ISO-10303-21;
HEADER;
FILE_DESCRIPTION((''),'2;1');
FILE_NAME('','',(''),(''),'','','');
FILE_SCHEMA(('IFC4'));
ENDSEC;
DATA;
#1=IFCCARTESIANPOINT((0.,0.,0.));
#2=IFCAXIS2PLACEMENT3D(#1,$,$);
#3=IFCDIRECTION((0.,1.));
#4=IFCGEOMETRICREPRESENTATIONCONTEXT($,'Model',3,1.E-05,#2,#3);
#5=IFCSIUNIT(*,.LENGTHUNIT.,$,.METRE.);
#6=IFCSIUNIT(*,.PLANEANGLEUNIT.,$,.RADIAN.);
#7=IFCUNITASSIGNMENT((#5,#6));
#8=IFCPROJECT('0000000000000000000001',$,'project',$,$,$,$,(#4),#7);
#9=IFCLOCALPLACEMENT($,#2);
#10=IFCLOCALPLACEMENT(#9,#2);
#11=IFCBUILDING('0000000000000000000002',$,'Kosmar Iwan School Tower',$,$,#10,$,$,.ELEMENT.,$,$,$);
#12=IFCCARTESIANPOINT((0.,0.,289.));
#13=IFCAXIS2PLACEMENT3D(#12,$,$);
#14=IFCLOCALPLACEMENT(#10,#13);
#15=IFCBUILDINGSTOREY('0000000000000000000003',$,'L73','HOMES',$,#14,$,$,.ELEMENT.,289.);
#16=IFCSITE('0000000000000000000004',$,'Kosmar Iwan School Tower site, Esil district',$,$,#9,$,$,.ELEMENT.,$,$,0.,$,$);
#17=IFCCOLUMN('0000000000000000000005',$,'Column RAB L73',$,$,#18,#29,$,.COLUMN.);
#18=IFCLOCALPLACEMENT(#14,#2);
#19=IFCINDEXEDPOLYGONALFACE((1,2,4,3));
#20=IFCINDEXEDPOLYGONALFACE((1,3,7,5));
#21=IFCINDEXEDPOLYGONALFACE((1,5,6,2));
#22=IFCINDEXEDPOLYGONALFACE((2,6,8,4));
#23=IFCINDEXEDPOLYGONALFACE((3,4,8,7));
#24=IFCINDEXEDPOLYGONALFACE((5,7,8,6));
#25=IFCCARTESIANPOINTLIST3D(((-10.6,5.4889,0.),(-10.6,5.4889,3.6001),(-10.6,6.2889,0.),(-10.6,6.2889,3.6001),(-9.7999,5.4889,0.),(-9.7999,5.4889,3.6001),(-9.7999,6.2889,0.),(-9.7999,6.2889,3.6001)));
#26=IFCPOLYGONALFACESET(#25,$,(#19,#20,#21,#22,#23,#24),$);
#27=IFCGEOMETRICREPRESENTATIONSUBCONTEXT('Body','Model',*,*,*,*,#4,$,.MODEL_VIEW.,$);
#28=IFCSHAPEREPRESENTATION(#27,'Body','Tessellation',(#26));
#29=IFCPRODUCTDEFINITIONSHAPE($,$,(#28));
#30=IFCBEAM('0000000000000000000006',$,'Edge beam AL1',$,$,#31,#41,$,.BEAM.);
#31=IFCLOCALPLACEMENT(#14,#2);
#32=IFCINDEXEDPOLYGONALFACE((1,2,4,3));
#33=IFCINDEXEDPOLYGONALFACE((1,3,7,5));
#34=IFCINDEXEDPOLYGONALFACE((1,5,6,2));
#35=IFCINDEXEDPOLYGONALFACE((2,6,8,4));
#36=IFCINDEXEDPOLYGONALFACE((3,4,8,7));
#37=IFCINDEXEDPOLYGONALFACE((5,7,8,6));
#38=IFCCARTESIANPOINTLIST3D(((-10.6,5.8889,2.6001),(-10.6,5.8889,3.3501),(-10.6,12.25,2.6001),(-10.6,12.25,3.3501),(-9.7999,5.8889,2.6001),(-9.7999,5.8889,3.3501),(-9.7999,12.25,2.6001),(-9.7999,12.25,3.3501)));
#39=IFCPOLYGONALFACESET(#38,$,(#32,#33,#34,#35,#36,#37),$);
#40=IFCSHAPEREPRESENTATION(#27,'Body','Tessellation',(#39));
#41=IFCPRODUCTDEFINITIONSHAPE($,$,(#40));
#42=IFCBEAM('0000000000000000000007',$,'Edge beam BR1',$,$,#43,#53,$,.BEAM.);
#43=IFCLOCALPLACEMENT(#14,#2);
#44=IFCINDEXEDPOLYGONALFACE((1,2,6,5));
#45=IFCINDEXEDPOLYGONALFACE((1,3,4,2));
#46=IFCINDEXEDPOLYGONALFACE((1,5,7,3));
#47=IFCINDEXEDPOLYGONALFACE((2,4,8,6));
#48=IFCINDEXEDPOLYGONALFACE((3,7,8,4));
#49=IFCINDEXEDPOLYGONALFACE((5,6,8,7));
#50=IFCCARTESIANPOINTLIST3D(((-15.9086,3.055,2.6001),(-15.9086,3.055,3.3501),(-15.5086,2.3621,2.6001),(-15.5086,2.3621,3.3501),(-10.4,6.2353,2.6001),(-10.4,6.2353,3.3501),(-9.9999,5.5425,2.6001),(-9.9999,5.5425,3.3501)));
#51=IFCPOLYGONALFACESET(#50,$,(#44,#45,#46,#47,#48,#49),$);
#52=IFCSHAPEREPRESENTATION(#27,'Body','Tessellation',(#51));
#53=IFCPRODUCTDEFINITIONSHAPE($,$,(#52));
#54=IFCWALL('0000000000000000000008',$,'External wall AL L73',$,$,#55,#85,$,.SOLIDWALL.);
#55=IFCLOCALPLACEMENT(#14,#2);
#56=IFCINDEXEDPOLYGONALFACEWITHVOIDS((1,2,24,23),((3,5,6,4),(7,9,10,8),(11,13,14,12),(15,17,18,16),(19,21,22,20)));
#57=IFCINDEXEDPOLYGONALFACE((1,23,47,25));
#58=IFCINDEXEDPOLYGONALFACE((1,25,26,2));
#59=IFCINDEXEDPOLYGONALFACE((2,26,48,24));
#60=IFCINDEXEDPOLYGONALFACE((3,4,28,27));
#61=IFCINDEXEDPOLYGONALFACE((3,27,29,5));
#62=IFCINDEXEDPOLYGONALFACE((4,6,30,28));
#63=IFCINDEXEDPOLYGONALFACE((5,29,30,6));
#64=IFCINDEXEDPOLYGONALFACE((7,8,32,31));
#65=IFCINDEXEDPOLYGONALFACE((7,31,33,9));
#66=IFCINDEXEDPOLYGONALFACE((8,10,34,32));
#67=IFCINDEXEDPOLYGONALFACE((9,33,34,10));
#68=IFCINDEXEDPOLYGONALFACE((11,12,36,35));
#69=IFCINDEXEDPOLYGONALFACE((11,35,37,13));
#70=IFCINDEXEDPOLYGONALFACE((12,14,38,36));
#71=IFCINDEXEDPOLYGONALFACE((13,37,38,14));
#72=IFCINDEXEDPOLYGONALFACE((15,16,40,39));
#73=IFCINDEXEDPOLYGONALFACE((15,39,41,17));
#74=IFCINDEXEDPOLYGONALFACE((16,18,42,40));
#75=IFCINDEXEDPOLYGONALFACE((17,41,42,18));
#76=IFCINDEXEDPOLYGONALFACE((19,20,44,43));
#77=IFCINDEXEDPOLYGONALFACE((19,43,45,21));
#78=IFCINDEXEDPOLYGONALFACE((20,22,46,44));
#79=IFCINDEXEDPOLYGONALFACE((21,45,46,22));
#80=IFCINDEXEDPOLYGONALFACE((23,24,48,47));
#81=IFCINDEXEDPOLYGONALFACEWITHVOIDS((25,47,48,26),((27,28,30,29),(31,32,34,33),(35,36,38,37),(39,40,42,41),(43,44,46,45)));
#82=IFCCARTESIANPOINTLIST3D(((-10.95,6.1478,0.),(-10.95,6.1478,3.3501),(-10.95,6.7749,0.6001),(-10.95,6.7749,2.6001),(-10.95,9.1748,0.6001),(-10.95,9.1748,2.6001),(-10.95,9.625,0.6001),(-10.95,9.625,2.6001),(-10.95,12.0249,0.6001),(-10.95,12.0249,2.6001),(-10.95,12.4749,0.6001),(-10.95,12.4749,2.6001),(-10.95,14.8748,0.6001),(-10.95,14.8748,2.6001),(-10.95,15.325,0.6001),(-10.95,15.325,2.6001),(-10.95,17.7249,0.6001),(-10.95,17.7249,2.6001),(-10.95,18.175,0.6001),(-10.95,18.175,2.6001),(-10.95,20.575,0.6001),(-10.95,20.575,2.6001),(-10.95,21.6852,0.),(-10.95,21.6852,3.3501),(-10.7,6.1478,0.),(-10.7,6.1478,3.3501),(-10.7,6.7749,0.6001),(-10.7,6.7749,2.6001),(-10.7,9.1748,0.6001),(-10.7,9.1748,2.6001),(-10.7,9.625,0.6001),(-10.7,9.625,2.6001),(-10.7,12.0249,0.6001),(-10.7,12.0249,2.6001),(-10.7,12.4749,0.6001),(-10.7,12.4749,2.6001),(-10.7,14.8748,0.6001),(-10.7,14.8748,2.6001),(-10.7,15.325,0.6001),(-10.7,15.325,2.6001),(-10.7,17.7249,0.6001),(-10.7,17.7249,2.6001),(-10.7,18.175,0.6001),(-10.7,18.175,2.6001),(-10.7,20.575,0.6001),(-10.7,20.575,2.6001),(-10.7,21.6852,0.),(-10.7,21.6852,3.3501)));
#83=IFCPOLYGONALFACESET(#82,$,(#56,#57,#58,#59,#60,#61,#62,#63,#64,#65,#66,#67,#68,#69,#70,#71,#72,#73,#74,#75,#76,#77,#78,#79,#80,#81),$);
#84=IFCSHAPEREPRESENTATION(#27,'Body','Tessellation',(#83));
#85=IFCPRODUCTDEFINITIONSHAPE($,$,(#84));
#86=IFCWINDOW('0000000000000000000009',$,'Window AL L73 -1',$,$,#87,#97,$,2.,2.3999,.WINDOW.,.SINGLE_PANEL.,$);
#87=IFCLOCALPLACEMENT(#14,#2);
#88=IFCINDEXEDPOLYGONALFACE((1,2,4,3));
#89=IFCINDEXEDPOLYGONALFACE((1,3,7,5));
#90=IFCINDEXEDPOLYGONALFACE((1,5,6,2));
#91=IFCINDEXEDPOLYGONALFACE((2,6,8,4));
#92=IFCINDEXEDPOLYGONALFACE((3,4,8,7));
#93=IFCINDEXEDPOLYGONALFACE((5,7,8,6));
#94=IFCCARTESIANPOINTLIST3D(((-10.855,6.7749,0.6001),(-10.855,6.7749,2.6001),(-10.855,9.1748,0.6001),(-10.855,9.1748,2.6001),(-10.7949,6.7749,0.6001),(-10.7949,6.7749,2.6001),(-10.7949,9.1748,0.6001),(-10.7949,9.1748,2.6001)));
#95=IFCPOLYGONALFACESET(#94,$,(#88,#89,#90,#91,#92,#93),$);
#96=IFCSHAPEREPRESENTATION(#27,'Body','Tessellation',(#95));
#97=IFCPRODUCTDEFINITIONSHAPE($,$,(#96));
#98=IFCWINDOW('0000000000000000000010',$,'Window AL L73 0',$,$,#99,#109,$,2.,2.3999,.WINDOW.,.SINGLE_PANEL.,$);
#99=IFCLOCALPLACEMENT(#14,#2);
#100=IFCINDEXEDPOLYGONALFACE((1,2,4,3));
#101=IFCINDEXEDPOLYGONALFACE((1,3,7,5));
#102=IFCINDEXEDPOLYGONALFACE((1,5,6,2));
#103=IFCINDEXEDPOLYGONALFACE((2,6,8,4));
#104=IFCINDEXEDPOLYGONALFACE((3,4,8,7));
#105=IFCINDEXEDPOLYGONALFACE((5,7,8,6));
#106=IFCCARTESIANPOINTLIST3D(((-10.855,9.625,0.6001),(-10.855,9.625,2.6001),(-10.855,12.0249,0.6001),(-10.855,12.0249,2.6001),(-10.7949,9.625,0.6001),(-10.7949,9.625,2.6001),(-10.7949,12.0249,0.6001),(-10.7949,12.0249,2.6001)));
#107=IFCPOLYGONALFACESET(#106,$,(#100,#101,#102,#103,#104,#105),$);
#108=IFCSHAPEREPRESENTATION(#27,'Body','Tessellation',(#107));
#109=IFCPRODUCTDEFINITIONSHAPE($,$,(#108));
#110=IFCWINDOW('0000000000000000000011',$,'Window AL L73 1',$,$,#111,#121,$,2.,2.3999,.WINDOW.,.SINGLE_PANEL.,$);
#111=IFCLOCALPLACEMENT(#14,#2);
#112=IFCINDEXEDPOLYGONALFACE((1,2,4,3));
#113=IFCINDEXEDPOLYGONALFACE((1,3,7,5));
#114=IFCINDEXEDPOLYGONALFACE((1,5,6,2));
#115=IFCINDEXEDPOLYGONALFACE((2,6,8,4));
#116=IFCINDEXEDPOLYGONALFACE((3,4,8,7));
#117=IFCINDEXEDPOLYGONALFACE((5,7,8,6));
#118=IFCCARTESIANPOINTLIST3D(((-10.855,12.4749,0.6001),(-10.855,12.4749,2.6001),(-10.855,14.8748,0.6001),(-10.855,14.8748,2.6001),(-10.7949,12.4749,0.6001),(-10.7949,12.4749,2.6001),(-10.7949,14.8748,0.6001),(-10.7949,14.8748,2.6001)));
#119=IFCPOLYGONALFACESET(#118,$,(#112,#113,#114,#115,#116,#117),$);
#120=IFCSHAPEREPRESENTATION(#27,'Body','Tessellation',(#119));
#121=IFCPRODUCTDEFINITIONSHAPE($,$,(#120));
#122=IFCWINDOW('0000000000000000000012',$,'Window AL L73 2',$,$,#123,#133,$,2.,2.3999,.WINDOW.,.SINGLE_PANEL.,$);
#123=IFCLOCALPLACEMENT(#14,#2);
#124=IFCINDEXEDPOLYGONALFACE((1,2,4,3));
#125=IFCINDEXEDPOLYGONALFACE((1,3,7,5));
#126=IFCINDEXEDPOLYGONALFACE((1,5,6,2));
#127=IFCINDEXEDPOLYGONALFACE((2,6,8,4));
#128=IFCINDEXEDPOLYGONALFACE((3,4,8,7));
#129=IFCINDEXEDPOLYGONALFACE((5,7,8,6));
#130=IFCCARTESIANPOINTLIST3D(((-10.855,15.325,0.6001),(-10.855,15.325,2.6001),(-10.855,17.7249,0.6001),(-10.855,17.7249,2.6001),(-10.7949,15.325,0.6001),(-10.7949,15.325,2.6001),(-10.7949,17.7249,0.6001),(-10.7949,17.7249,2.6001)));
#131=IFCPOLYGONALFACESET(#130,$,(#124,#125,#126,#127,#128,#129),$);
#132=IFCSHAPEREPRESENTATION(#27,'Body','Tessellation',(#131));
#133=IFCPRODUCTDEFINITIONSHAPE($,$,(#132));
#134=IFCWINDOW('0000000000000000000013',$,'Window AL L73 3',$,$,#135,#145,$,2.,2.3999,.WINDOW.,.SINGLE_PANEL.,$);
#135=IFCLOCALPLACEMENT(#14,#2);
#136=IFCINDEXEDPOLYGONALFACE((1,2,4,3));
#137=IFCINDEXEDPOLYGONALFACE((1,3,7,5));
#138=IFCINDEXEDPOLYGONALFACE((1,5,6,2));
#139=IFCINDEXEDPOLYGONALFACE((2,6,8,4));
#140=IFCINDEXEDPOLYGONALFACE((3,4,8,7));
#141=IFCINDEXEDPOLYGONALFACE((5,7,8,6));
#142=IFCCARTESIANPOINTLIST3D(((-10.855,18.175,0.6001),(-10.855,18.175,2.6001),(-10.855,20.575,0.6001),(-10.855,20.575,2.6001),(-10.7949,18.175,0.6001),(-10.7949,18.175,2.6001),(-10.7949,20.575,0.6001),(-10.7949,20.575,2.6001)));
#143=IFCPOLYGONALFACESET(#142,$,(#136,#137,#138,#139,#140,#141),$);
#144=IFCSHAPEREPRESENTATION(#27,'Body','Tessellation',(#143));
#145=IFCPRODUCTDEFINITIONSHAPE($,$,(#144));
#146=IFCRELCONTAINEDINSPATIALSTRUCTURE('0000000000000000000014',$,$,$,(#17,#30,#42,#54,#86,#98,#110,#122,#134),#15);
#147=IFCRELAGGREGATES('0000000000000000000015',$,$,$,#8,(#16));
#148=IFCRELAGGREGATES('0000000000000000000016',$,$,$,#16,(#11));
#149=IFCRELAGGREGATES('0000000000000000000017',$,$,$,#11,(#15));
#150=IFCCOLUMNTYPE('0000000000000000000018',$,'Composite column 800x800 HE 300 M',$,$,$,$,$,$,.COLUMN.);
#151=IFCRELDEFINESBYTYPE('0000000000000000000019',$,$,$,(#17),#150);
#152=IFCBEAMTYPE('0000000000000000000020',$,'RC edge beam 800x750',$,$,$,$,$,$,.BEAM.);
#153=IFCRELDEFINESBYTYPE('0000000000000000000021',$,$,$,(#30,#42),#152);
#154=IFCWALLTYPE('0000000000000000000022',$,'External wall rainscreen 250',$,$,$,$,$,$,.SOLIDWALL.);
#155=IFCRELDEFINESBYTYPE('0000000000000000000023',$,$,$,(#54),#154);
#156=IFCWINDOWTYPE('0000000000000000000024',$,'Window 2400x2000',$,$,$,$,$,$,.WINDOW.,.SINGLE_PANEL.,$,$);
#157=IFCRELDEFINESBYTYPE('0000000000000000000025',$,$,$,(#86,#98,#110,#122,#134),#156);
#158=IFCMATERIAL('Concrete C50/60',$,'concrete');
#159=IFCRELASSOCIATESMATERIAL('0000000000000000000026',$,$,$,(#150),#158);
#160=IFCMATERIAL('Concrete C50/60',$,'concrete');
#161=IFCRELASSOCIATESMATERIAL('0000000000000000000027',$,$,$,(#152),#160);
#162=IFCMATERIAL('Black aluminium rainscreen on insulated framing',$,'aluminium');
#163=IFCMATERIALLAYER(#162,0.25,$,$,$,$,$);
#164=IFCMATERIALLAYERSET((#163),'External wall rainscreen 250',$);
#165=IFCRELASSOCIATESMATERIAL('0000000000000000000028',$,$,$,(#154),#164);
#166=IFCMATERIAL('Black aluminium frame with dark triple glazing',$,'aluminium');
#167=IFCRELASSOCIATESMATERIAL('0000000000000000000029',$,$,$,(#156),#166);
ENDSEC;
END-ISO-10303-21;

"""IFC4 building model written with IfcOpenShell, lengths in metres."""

from ifc_helpers import new_model, si_unit, direction, frame, frame_2d, origin, origin_2d, place, context, subcontext, project, spatial, rectangle, extrude, material, layer, layer_set, material_profile, profile_set, type_object, element, fill, save


model = new_model("IFC4")

# Units and contexts
model_context = context("Model", 3, precision=1e-05, world=origin(), true_north=direction((0.0, 1.0)))
body_context = subcontext(model_context, "Body", "Model", "MODEL_VIEW")
ifc_project = project(units=[si_unit("LENGTHUNIT", "METRE"), si_unit("PLANEANGLEUNIT", "RADIAN")], contexts=[model_context])

# Site, building, storey
site_placement = place(None, origin())
site = spatial("IfcSite", under=ifc_project, at=site_placement, Name="Kosmar Iwan School Tower site, Esil district", CompositionType="ELEMENT", RefElevation=0.0)
building_placement = place(site_placement, origin())
building = spatial("IfcBuilding", under=site, at=building_placement, Name="Kosmar Iwan School Tower", CompositionType="ELEMENT")
storey_placement = place(building_placement, frame((0.0, 0.0, 289.0)))
storey = spatial("IfcBuildingStorey", under=building, at=storey_placement, Name="L73", Description="HOMES", CompositionType="ELEMENT", Elevation=289.0)

# Column
ifc_material_1 = material(Name="Concrete C50/60", Category="concrete")
ifc_material_profile_1 = material_profile(ifc_material_1, rectangle(XDim=0.8, YDim=0.8, at=origin_2d()), Name="RC 800x800 + HE 300 M")
ifc_profile_set_1 = profile_set([ifc_material_profile_1], Name="Concrete C50/60")
column_type = type_object("IfcColumnType", Name="Composite column 800x800 HE 300 M", PredefinedType="COLUMN", material=ifc_profile_set_1)
column_placement = place(storey_placement, frame((-10.2, 5.8889, 0.0), z_axis=(0.0, 0.0, 1.0), x_axis=(1.0, 0.0, 0.0)))
element("IfcColumn", 1, at=column_placement, inside=storey, type_object=column_type, Name="Column RAB L73", PredefinedType="COLUMN", context=body_context, shape_type="SweptSolid", body=[
    extrude(rectangle(XDim=0.8, YDim=0.8, at=origin_2d()), origin(), (0.0, 0.0, 1.0), 3.6001),
])

# Beams
ifc_material_2 = material(Name="Concrete C50/60", Category="concrete")
ifc_material_profile_2 = material_profile(ifc_material_2, rectangle(XDim=0.8, YDim=0.75, at=origin_2d()), Name="RC 800x750")
ifc_profile_set_2 = profile_set([ifc_material_profile_2], Name="Concrete C50/60")
beam_type = type_object("IfcBeamType", Name="RC edge beam 800x750", PredefinedType="BEAM", material=ifc_profile_set_2)
beam_1_placement = place(storey_placement, frame((-10.2, 5.8889, 2.9751), z_axis=(0.0, 1.0, 0.0), x_axis=(-1.0, 0.0, 0.0)))
element("IfcBeam", 2, at=beam_1_placement, inside=storey, type_object=beam_type, Name="Edge beam AL1", PredefinedType="BEAM", context=body_context, shape_type="SweptSolid", body=[
    extrude(rectangle(XDim=0.8, YDim=0.75, at=origin_2d()), origin(), (0.0, 0.0, 1.0), 6.3611),
])
beam_2_placement = place(storey_placement, frame((-10.2, 5.8889, 2.9751), z_axis=(-0.866031, -0.49999, 0.0), x_axis=(0.49999, -0.866031, 0.0)))
element("IfcBeam", 3, at=beam_2_placement, inside=storey, type_object=beam_type, Name="Edge beam BR1", PredefinedType="BEAM", context=body_context, shape_type="SweptSolid", body=[
    extrude(rectangle(XDim=0.8, YDim=0.75, at=origin_2d()), origin(), (0.0, 0.0, 1.0), 6.3608),
])

# Wall, openings, windows
ifc_material_3 = material(Name="Black aluminium rainscreen on insulated framing", Category="aluminium")
ifc_layer = layer(ifc_material_3, 0.25)
ifc_layer_set = layer_set([ifc_layer], Name="External wall rainscreen 250")
wall_type = type_object("IfcWallType", Name="External wall rainscreen 250", PredefinedType="SOLIDWALL", material=ifc_layer_set)
wall_1_placement = place(storey_placement, frame((-10.825, 6.1479, 0.0), z_axis=(0.0, 0.0, 1.0), x_axis=(0.0, 1.0, 0.0)))
wall_1 = element("IfcWall", 4, at=wall_1_placement, inside=storey, type_object=wall_type, Name="External wall AL L73", PredefinedType="SOLIDWALL", context=body_context, shape_type="SweptSolid", body=[
    extrude(rectangle(XDim=15.5374, YDim=0.25, at=frame_2d((7.7686, 0.0))), origin(), (0.0, 0.0, 1.0), 3.3501),
])
opening_1_placement = place(wall_1_placement, frame((0.627, 0.0, 0.6001)))
opening_1 = element("IfcOpeningElement", 5, at=opening_1_placement, cuts=wall_1, PredefinedType="OPENING", context=body_context, shape_type="SweptSolid", body=[
    extrude(rectangle(XDim=2.3999, YDim=2.0, at=frame_2d((1.2, 1.0))), frame((0.0, 0.137, 0.0), z_axis=(0.0, -1.0, 0.0), x_axis=(1.0, 0.0, 0.0)), (0.0, 0.0, 1.0), 0.2739),
])
opening_2_placement = place(wall_1_placement, frame((3.4771, 0.0, 0.6001)))
opening_2 = element("IfcOpeningElement", 6, at=opening_2_placement, cuts=wall_1, PredefinedType="OPENING", context=body_context, shape_type="SweptSolid", body=[
    extrude(rectangle(XDim=2.3999, YDim=2.0, at=frame_2d((1.2, 1.0))), frame((0.0, 0.137, 0.0), z_axis=(0.0, -1.0, 0.0), x_axis=(1.0, 0.0, 0.0)), (0.0, 0.0, 1.0), 0.2739),
])
opening_3_placement = place(wall_1_placement, frame((6.3269, 0.0, 0.6001)))
opening_3 = element("IfcOpeningElement", 7, at=opening_3_placement, cuts=wall_1, PredefinedType="OPENING", context=body_context, shape_type="SweptSolid", body=[
    extrude(rectangle(XDim=2.3999, YDim=2.0, at=frame_2d((1.2, 1.0))), frame((0.0, 0.137, 0.0), z_axis=(0.0, -1.0, 0.0), x_axis=(1.0, 0.0, 0.0)), (0.0, 0.0, 1.0), 0.2739),
])
opening_4_placement = place(wall_1_placement, frame((9.177, 0.0, 0.6001)))
opening_4 = element("IfcOpeningElement", 8, at=opening_4_placement, cuts=wall_1, PredefinedType="OPENING", context=body_context, shape_type="SweptSolid", body=[
    extrude(rectangle(XDim=2.3999, YDim=2.0, at=frame_2d((1.2, 1.0))), frame((0.0, 0.137, 0.0), z_axis=(0.0, -1.0, 0.0), x_axis=(1.0, 0.0, 0.0)), (0.0, 0.0, 1.0), 0.2739),
])
opening_5_placement = place(wall_1_placement, frame((12.0271, 0.0, 0.6001)))
opening_5 = element("IfcOpeningElement", 9, at=opening_5_placement, cuts=wall_1, PredefinedType="OPENING", context=body_context, shape_type="SweptSolid", body=[
    extrude(rectangle(XDim=2.3999, YDim=2.0, at=frame_2d((1.2, 1.0))), frame((0.0, 0.137, 0.0), z_axis=(0.0, -1.0, 0.0), x_axis=(1.0, 0.0, 0.0)), (0.0, 0.0, 1.0), 0.2739),
])
ifc_material_4 = material(Name="Black aluminium frame with dark triple glazing", Category="aluminium")
window_type = type_object("IfcWindowType", Name="Window 2400x2000", PartitioningType="SINGLE_PANEL", PredefinedType="WINDOW", material=ifc_material_4)
window_1_placement = place(opening_1_placement, origin())
window_1 = element("IfcWindow", 10, at=window_1_placement, inside=storey, type_object=window_type, Name="Window AL L73 -1", OverallHeight=2.0, OverallWidth=2.3999, PartitioningType="SINGLE_PANEL", PredefinedType="WINDOW", context=body_context, shape_type="SweptSolid", body=[
    extrude(rectangle(XDim=2.3999, YDim=2.0, at=frame_2d((1.2, 1.0))), frame((0.0, 0.03, 0.0), z_axis=(0.0, -1.0, 0.0), x_axis=(1.0, 0.0, 0.0)), (0.0, 0.0, 1.0), 0.0601),
])
fill(opening_1, window_1)
window_2_placement = place(opening_2_placement, origin())
window_2 = element("IfcWindow", 11, at=window_2_placement, inside=storey, type_object=window_type, Name="Window AL L73 0", OverallHeight=2.0, OverallWidth=2.3999, PartitioningType="SINGLE_PANEL", PredefinedType="WINDOW", context=body_context, shape_type="SweptSolid", body=[
    extrude(rectangle(XDim=2.3999, YDim=2.0, at=frame_2d((1.2, 1.0))), frame((0.0, 0.03, 0.0), z_axis=(0.0, -1.0, 0.0), x_axis=(1.0, 0.0, 0.0)), (0.0, 0.0, 1.0), 0.0601),
])
fill(opening_2, window_2)
window_3_placement = place(opening_3_placement, origin())
window_3 = element("IfcWindow", 12, at=window_3_placement, inside=storey, type_object=window_type, Name="Window AL L73 1", OverallHeight=2.0, OverallWidth=2.3999, PartitioningType="SINGLE_PANEL", PredefinedType="WINDOW", context=body_context, shape_type="SweptSolid", body=[
    extrude(rectangle(XDim=2.3999, YDim=2.0, at=frame_2d((1.2, 1.0))), frame((0.0, 0.03, 0.0), z_axis=(0.0, -1.0, 0.0), x_axis=(1.0, 0.0, 0.0)), (0.0, 0.0, 1.0), 0.0601),
])
fill(opening_3, window_3)
window_4_placement = place(opening_4_placement, origin())
window_4 = element("IfcWindow", 13, at=window_4_placement, inside=storey, type_object=window_type, Name="Window AL L73 2", OverallHeight=2.0, OverallWidth=2.3999, PartitioningType="SINGLE_PANEL", PredefinedType="WINDOW", context=body_context, shape_type="SweptSolid", body=[
    extrude(rectangle(XDim=2.3999, YDim=2.0, at=frame_2d((1.2, 1.0))), frame((0.0, 0.03, 0.0), z_axis=(0.0, -1.0, 0.0), x_axis=(1.0, 0.0, 0.0)), (0.0, 0.0, 1.0), 0.0601),
])
fill(opening_4, window_4)
window_5_placement = place(opening_5_placement, origin())
window_5 = element("IfcWindow", 14, at=window_5_placement, inside=storey, type_object=window_type, Name="Window AL L73 3", OverallHeight=2.0, OverallWidth=2.3999, PartitioningType="SINGLE_PANEL", PredefinedType="WINDOW", context=body_context, shape_type="SweptSolid", body=[
    extrude(rectangle(XDim=2.3999, YDim=2.0, at=frame_2d((1.2, 1.0))), frame((0.0, 0.03, 0.0), z_axis=(0.0, -1.0, 0.0), x_axis=(1.0, 0.0, 0.0)), (0.0, 0.0, 1.0), 0.0601),
])
fill(opening_5, window_5)

save(model, "model.ifc")
